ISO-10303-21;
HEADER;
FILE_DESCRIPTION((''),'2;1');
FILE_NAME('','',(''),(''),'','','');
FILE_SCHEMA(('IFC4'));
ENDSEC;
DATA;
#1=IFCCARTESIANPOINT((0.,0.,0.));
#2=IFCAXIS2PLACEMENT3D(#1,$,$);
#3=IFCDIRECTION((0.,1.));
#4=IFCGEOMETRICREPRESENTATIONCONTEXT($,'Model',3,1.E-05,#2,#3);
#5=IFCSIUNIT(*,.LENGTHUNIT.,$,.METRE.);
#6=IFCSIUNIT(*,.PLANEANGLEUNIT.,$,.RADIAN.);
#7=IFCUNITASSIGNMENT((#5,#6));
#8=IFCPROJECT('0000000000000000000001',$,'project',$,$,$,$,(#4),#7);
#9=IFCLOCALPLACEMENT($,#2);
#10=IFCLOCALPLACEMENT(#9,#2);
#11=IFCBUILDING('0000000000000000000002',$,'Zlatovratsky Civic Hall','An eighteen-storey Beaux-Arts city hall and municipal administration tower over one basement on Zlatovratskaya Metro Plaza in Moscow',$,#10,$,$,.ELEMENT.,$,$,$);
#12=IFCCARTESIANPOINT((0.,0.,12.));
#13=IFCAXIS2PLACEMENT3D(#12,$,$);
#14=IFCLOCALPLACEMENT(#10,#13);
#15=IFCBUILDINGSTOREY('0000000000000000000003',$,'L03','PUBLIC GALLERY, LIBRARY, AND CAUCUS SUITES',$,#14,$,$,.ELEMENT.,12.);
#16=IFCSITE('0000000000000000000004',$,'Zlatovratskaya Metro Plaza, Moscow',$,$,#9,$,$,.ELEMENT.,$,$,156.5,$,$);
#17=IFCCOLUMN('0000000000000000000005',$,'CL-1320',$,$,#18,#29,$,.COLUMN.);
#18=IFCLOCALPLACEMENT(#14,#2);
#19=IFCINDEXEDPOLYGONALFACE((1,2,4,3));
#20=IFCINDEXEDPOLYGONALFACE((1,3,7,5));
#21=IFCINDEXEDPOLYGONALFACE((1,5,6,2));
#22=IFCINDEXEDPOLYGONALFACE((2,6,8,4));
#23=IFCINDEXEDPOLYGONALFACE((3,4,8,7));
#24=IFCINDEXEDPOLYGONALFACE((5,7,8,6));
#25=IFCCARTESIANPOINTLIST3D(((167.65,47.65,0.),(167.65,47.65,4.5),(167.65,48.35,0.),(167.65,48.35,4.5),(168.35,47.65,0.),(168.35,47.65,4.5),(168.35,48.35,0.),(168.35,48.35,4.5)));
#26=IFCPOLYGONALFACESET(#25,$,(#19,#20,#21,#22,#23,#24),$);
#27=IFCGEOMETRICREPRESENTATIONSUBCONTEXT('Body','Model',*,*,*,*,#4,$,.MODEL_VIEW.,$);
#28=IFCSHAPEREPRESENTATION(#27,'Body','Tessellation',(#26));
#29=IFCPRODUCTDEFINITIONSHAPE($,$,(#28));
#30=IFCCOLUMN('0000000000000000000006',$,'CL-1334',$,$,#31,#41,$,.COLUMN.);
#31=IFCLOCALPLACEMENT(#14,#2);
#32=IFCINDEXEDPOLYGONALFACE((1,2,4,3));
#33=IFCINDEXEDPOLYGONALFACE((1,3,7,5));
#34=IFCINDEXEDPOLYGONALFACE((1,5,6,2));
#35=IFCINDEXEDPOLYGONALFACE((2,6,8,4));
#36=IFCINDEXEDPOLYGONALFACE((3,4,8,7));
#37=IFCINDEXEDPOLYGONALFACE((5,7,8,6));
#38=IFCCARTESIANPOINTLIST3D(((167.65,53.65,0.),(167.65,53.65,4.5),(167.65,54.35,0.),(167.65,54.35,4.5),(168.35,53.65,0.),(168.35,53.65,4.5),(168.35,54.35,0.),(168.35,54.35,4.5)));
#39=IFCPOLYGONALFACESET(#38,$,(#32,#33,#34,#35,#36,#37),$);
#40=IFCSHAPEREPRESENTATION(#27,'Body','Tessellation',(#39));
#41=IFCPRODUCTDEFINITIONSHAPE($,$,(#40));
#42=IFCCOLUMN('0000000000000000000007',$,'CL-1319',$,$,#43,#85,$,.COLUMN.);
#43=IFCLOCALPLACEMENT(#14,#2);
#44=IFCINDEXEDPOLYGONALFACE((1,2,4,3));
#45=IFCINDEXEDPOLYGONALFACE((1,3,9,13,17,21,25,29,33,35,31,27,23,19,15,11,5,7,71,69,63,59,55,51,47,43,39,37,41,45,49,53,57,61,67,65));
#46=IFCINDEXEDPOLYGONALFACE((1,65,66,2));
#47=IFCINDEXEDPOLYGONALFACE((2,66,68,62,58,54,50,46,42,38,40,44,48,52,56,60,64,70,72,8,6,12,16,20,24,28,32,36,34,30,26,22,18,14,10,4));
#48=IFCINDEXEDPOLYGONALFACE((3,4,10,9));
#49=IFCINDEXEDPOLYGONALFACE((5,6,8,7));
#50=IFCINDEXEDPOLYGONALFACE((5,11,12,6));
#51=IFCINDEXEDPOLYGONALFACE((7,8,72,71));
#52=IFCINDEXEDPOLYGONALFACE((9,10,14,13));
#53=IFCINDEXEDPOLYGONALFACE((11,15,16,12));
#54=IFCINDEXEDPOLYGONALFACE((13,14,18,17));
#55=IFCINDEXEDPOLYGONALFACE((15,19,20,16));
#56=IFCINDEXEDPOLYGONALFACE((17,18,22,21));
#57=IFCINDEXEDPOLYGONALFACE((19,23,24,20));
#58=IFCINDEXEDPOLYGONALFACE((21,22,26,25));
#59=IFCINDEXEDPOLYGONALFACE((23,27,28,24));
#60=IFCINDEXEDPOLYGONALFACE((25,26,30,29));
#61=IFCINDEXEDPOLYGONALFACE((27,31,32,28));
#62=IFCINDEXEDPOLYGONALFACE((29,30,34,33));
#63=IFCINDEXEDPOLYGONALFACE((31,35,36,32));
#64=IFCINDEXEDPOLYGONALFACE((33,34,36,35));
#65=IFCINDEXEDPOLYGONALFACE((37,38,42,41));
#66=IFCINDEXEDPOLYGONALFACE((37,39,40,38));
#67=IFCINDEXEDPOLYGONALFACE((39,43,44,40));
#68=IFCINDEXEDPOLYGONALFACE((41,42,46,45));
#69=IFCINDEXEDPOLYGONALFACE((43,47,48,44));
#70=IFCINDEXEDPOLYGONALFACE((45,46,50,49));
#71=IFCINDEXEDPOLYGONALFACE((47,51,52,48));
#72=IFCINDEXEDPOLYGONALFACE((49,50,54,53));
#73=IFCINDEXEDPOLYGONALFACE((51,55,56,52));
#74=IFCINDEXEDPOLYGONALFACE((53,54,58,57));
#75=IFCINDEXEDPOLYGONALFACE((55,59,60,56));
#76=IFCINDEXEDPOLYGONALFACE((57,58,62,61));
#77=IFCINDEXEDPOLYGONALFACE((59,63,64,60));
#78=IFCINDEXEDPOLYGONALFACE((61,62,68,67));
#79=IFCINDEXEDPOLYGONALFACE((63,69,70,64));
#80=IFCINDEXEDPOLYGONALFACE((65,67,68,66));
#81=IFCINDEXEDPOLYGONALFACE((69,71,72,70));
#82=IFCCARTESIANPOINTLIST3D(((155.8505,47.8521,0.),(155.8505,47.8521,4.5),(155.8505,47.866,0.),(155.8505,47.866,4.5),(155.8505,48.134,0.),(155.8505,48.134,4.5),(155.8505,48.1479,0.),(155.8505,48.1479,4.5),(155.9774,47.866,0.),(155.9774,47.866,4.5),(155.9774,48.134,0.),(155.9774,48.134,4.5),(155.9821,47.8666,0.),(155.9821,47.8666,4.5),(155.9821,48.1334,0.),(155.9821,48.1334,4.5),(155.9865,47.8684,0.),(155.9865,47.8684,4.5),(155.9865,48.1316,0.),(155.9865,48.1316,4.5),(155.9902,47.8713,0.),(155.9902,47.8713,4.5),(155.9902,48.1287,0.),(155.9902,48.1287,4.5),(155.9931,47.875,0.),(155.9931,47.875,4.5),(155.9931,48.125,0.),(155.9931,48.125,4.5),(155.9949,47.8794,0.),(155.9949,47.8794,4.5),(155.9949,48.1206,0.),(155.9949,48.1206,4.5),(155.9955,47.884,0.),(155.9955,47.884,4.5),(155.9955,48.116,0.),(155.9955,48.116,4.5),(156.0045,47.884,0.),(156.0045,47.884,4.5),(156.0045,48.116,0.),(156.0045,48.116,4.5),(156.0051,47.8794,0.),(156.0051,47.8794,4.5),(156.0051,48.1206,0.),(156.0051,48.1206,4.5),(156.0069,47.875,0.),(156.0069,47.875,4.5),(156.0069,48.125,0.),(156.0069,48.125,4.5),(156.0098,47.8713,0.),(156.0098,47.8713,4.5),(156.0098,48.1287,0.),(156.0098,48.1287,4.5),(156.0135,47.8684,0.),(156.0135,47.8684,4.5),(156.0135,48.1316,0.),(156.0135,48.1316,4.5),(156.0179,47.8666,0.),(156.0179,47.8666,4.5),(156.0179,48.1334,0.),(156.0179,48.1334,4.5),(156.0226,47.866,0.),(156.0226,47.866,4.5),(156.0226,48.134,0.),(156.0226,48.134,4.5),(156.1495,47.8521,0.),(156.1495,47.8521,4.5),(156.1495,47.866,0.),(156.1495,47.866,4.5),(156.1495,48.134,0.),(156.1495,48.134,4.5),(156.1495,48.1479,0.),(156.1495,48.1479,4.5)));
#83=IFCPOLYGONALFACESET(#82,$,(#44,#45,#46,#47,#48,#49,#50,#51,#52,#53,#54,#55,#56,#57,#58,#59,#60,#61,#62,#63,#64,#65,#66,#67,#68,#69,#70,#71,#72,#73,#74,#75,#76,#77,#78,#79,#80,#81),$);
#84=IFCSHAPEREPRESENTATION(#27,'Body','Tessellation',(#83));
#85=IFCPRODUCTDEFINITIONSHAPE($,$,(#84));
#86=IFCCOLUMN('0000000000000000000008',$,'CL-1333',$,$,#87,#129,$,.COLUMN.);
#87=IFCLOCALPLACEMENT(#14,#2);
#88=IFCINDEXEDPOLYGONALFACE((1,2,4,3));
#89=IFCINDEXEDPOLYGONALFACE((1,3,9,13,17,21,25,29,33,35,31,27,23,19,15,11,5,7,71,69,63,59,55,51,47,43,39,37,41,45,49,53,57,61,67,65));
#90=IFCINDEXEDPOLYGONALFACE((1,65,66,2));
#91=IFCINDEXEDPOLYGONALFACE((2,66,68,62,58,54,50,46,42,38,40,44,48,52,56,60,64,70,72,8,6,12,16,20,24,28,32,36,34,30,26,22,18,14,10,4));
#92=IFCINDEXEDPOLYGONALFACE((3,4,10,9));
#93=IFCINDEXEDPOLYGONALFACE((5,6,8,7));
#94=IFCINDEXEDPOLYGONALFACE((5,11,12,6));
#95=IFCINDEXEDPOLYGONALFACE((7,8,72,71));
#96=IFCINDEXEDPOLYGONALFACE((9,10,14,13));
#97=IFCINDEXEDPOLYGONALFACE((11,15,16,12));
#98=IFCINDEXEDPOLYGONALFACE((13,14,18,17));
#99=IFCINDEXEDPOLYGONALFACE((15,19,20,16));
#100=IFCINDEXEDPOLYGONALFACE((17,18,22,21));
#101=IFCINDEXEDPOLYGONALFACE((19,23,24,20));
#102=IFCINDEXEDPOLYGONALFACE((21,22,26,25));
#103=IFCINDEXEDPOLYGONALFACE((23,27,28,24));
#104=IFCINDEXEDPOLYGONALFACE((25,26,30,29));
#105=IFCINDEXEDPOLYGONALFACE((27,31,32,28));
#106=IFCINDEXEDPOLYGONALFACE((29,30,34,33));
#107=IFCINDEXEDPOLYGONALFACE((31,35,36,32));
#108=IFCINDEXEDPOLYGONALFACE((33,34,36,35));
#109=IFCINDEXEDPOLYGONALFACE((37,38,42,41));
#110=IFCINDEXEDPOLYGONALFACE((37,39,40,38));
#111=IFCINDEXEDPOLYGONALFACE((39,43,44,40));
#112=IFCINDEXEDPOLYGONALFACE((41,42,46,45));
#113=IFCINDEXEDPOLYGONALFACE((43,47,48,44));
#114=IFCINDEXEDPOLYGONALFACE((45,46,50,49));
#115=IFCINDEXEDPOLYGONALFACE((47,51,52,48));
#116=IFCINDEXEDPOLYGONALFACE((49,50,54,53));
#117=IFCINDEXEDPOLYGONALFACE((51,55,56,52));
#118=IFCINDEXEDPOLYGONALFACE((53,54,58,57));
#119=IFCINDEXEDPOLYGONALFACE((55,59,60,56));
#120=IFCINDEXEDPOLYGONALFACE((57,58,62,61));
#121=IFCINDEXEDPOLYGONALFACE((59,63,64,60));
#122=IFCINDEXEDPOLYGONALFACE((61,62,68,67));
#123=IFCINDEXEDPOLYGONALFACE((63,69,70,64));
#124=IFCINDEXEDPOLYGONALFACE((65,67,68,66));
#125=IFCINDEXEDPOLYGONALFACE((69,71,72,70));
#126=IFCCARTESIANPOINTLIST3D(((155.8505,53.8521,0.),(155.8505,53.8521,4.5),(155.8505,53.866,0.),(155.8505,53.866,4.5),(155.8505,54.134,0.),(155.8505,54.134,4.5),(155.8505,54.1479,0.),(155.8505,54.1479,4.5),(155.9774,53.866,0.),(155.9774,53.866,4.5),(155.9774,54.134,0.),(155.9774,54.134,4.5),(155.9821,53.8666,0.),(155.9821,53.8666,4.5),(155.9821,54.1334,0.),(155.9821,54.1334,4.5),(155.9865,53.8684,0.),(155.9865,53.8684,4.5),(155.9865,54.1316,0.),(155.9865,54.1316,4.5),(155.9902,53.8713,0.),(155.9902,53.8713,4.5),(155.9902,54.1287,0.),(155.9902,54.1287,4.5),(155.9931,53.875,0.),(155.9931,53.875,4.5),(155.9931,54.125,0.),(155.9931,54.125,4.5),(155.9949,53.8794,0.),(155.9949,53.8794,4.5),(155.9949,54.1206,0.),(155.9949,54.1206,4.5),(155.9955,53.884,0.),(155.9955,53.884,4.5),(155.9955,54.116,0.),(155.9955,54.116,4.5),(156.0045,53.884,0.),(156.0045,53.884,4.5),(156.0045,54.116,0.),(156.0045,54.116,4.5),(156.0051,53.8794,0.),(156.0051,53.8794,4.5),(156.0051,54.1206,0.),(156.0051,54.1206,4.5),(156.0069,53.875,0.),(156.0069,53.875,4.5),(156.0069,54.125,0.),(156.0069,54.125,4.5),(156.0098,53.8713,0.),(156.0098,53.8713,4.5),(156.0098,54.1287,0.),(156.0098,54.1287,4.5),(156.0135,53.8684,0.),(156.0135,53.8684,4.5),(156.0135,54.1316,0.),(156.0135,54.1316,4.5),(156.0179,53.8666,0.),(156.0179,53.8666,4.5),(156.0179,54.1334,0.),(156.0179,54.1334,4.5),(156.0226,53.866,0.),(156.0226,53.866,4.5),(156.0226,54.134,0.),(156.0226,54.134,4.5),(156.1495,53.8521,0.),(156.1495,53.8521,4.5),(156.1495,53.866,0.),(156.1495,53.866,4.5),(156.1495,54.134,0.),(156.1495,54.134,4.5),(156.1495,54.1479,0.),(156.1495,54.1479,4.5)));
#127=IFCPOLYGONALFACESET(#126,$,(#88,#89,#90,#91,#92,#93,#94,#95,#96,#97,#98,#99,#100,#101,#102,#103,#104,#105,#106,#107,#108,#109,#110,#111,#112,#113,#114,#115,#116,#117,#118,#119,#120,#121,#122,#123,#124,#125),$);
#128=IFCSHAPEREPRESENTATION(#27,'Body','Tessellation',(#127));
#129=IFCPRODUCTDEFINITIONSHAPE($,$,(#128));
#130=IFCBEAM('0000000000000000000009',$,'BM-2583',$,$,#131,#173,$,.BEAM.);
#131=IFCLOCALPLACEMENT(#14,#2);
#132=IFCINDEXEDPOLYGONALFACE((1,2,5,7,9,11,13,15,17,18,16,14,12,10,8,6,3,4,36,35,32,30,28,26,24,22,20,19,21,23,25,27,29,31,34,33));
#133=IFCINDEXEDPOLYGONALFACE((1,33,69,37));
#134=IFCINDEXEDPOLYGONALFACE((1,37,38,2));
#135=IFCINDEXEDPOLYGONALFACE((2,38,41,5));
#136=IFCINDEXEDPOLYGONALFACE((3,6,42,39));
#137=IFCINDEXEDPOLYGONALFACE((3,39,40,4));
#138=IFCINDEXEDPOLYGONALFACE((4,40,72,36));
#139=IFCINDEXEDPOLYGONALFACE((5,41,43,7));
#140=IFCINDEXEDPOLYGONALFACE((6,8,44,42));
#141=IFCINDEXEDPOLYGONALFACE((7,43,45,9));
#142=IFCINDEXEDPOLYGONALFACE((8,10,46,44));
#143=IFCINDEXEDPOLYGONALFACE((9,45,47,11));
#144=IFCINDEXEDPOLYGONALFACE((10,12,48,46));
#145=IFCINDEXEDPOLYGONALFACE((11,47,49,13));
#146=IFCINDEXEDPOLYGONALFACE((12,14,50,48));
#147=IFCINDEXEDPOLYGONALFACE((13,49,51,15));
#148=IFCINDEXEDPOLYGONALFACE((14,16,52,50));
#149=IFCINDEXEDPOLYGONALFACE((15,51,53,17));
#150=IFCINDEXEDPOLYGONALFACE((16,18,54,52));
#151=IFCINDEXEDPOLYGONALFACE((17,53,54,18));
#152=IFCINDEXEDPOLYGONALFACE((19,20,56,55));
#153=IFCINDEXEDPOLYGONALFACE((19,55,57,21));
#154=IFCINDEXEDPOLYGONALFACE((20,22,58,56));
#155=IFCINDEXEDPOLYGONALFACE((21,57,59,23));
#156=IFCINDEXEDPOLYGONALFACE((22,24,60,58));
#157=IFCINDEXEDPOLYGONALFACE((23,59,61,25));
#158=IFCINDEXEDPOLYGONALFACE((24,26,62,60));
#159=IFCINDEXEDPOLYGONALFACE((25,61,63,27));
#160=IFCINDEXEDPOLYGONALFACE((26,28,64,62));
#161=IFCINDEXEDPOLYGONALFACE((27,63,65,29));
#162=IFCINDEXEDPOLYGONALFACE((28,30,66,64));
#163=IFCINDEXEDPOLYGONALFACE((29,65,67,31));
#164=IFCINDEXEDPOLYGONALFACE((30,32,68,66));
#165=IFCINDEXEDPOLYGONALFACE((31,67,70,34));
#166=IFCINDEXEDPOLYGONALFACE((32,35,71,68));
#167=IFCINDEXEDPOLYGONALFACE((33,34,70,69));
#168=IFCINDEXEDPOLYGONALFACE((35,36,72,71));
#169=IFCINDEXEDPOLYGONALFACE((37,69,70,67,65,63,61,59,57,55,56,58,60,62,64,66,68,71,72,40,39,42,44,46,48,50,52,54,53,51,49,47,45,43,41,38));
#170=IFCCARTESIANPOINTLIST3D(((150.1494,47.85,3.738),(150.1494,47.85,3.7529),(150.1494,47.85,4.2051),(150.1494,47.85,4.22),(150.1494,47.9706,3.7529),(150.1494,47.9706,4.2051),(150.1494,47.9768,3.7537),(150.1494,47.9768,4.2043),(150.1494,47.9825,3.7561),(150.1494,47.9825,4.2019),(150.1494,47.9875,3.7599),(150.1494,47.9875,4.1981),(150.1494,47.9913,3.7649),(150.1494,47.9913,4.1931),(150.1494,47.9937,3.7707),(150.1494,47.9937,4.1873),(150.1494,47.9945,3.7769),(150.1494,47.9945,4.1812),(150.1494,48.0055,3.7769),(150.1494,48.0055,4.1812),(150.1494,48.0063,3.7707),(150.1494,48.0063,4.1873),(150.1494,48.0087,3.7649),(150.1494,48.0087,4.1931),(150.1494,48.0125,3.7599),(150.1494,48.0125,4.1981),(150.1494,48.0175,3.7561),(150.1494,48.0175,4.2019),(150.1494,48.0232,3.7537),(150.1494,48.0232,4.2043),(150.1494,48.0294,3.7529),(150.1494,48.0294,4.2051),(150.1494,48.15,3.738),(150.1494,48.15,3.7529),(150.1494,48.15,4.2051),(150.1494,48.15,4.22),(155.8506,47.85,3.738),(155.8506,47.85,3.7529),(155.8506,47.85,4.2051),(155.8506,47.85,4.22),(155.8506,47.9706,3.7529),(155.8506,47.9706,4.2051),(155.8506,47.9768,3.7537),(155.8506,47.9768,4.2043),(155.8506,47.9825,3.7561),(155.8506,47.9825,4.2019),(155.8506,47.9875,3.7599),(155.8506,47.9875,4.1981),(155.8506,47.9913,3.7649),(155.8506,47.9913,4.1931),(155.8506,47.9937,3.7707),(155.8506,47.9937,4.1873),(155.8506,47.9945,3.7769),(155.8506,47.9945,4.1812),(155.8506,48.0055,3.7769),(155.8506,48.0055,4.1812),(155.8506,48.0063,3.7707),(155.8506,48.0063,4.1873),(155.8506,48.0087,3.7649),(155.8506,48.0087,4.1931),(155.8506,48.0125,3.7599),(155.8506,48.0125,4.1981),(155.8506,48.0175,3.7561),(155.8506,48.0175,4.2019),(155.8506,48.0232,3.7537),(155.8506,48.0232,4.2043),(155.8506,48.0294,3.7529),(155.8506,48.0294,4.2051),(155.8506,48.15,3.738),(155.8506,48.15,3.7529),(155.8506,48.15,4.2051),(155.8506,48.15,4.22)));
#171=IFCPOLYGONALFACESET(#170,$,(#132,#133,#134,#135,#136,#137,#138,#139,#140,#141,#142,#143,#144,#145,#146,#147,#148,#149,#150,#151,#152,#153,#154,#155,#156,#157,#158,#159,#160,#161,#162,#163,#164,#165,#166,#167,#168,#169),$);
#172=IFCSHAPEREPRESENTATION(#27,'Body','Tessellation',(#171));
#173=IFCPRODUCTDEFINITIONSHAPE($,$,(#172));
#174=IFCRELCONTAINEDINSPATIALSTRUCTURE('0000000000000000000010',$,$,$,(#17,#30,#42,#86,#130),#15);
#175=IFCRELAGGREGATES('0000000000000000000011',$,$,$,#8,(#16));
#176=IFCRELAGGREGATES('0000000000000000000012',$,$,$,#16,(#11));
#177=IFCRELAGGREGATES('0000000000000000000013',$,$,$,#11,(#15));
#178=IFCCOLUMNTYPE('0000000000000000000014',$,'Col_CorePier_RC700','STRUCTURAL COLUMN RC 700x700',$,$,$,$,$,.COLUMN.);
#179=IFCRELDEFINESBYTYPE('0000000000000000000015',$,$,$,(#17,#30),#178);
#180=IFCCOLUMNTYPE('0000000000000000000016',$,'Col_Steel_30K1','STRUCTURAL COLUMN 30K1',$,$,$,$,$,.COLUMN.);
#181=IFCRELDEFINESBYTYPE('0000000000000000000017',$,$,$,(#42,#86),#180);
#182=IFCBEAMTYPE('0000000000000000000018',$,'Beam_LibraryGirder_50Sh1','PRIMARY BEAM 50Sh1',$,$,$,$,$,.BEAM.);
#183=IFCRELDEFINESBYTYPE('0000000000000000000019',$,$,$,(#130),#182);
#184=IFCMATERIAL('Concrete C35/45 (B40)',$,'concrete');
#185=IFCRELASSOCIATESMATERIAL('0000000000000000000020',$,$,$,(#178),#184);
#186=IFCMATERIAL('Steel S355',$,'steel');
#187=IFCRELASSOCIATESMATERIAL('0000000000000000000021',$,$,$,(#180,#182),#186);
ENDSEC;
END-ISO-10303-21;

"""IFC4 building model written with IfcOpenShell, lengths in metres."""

from ifc_helpers import new_model, si_unit, direction, frame, origin, origin_2d, place, context, subcontext, project, spatial, rectangle, i_section, extrude, material, material_profile, profile_set, type_object, element, save


model = new_model("IFC4")

# Units and contexts
model_context = context("Model", 3, precision=1e-05, world=origin(), true_north=direction((0.0, 1.0)))
body_context = subcontext(model_context, "Body", "Model", "MODEL_VIEW")
ifc_project = project(units=[si_unit("LENGTHUNIT", "METRE"), si_unit("PLANEANGLEUNIT", "RADIAN")], contexts=[model_context])

# Site, building, storey
site_placement = place(None, origin())
site = spatial("IfcSite", under=ifc_project, at=site_placement, Name="Zlatovratskaya Metro Plaza, Moscow", CompositionType="ELEMENT", RefElevation=156.5)
building_placement = place(site_placement, origin())
building = spatial("IfcBuilding", under=site, at=building_placement, Name="Zlatovratsky Civic Hall", Description="An eighteen-storey Beaux-Arts city hall and municipal administration tower over one basement on Zlatovratskaya Metro Plaza in Moscow", CompositionType="ELEMENT")
storey_placement = place(building_placement, frame((0.0, 0.0, 12.0)))
storey = spatial("IfcBuildingStorey", under=building, at=storey_placement, Name="L03", Description="PUBLIC GALLERY, LIBRARY, AND CAUCUS SUITES", CompositionType="ELEMENT", Elevation=12.0)

# Columns
ifc_material_1 = material(Name="Concrete C35/45 (B40)", Category="concrete")
ifc_material_profile_1 = material_profile(ifc_material_1, rectangle(XDim=0.7, YDim=0.7, at=origin_2d()), Name="RC 700x700")
ifc_profile_set_1 = profile_set([ifc_material_profile_1], Name="Concrete C35/45 (B40)")
column_type_1 = type_object("IfcColumnType", Name="Col_CorePier_RC700", Description="STRUCTURAL COLUMN RC 700x700", PredefinedType="COLUMN", material=ifc_profile_set_1)
for number, where, z_axis, x_axis, name in (
    (1, (168.0, 48.0, 0.0), (0.0, 0.0, 1.0), (1.0, 0.0, 0.0), "CL-1320"),
    (2, (168.0, 54.0, 0.0), (0.0, 0.0, 1.0), (1.0, 0.0, 0.0), "CL-1334"),
):
    element("IfcColumn", number, at=place(storey_placement, frame(where, z_axis=z_axis, x_axis=x_axis)), inside=storey, type_object=column_type_1, Name=name, PredefinedType="COLUMN", context=body_context, shape_type="SweptSolid", body=[
        extrude(rectangle(XDim=0.7, YDim=0.7, at=origin_2d()), origin(), (0.0, 0.0, 1.0), 4.5),
    ])
ifc_material_2 = material(Name="Steel S355", Category="steel")
ifc_material_profile_2 = material_profile(ifc_material_2, i_section(OverallWidth=0.2991, OverallDepth=0.2959, WebThickness=0.009, FlangeThickness=0.0139, FilletRadius=0.0181, at=origin_2d()), Name="30K1")
ifc_profile_set_2 = profile_set([ifc_material_profile_2], Name="Steel S355")
column_type_2 = type_object("IfcColumnType", Name="Col_Steel_30K1", Description="STRUCTURAL COLUMN 30K1", PredefinedType="COLUMN", material=ifc_profile_set_2)
for number, where, z_axis, x_axis, name in (
    (3, (156.0, 48.0, 0.0), (0.0, 0.0, 1.0), (1.0, 0.0, 0.0), "CL-1319"),
    (4, (156.0, 54.0, 0.0), (0.0, 0.0, 1.0), (1.0, 0.0, 0.0), "CL-1333"),
):
    element("IfcColumn", number, at=place(storey_placement, frame(where, z_axis=z_axis, x_axis=x_axis)), inside=storey, type_object=column_type_2, Name=name, PredefinedType="COLUMN", context=body_context, shape_type="SweptSolid", body=[
        extrude(i_section(OverallWidth=0.2991, OverallDepth=0.2959, WebThickness=0.009, FlangeThickness=0.0139, FilletRadius=0.0181, at=origin_2d()), origin(), (0.0, 0.0, 1.0), 4.5),
    ])

# Beam
ifc_material_profile_3 = material_profile(ifc_material_2, i_section(OverallWidth=0.3, OverallDepth=0.4819, WebThickness=0.011, FlangeThickness=0.0149, FilletRadius=0.0239, at=origin_2d()), Name="50Sh1")
ifc_profile_set_3 = profile_set([ifc_material_profile_3], Name="Steel S355")
beam_type_1 = type_object("IfcBeamType", Name="Beam_LibraryGirder_50Sh1", Description="PRIMARY BEAM 50Sh1", PredefinedType="BEAM", material=ifc_profile_set_3)
for number, where, z_axis, x_axis, name in (
    (5, (150.1494, 48.0, 3.979), (1.0, 0.0, 0.0), (0.0, 1.0, 0.0), "BM-2583"),
):
    element("IfcBeam", number, at=place(storey_placement, frame(where, z_axis=z_axis, x_axis=x_axis)), inside=storey, type_object=beam_type_1, Name=name, PredefinedType="BEAM", context=body_context, shape_type="SweptSolid", body=[
        extrude(i_section(OverallWidth=0.3, OverallDepth=0.4819, WebThickness=0.011, FlangeThickness=0.0149, FilletRadius=0.0239, at=origin_2d()), origin(), (0.0, 0.0, 1.0), 5.7012),
    ])

save(model, "model.ifc")
